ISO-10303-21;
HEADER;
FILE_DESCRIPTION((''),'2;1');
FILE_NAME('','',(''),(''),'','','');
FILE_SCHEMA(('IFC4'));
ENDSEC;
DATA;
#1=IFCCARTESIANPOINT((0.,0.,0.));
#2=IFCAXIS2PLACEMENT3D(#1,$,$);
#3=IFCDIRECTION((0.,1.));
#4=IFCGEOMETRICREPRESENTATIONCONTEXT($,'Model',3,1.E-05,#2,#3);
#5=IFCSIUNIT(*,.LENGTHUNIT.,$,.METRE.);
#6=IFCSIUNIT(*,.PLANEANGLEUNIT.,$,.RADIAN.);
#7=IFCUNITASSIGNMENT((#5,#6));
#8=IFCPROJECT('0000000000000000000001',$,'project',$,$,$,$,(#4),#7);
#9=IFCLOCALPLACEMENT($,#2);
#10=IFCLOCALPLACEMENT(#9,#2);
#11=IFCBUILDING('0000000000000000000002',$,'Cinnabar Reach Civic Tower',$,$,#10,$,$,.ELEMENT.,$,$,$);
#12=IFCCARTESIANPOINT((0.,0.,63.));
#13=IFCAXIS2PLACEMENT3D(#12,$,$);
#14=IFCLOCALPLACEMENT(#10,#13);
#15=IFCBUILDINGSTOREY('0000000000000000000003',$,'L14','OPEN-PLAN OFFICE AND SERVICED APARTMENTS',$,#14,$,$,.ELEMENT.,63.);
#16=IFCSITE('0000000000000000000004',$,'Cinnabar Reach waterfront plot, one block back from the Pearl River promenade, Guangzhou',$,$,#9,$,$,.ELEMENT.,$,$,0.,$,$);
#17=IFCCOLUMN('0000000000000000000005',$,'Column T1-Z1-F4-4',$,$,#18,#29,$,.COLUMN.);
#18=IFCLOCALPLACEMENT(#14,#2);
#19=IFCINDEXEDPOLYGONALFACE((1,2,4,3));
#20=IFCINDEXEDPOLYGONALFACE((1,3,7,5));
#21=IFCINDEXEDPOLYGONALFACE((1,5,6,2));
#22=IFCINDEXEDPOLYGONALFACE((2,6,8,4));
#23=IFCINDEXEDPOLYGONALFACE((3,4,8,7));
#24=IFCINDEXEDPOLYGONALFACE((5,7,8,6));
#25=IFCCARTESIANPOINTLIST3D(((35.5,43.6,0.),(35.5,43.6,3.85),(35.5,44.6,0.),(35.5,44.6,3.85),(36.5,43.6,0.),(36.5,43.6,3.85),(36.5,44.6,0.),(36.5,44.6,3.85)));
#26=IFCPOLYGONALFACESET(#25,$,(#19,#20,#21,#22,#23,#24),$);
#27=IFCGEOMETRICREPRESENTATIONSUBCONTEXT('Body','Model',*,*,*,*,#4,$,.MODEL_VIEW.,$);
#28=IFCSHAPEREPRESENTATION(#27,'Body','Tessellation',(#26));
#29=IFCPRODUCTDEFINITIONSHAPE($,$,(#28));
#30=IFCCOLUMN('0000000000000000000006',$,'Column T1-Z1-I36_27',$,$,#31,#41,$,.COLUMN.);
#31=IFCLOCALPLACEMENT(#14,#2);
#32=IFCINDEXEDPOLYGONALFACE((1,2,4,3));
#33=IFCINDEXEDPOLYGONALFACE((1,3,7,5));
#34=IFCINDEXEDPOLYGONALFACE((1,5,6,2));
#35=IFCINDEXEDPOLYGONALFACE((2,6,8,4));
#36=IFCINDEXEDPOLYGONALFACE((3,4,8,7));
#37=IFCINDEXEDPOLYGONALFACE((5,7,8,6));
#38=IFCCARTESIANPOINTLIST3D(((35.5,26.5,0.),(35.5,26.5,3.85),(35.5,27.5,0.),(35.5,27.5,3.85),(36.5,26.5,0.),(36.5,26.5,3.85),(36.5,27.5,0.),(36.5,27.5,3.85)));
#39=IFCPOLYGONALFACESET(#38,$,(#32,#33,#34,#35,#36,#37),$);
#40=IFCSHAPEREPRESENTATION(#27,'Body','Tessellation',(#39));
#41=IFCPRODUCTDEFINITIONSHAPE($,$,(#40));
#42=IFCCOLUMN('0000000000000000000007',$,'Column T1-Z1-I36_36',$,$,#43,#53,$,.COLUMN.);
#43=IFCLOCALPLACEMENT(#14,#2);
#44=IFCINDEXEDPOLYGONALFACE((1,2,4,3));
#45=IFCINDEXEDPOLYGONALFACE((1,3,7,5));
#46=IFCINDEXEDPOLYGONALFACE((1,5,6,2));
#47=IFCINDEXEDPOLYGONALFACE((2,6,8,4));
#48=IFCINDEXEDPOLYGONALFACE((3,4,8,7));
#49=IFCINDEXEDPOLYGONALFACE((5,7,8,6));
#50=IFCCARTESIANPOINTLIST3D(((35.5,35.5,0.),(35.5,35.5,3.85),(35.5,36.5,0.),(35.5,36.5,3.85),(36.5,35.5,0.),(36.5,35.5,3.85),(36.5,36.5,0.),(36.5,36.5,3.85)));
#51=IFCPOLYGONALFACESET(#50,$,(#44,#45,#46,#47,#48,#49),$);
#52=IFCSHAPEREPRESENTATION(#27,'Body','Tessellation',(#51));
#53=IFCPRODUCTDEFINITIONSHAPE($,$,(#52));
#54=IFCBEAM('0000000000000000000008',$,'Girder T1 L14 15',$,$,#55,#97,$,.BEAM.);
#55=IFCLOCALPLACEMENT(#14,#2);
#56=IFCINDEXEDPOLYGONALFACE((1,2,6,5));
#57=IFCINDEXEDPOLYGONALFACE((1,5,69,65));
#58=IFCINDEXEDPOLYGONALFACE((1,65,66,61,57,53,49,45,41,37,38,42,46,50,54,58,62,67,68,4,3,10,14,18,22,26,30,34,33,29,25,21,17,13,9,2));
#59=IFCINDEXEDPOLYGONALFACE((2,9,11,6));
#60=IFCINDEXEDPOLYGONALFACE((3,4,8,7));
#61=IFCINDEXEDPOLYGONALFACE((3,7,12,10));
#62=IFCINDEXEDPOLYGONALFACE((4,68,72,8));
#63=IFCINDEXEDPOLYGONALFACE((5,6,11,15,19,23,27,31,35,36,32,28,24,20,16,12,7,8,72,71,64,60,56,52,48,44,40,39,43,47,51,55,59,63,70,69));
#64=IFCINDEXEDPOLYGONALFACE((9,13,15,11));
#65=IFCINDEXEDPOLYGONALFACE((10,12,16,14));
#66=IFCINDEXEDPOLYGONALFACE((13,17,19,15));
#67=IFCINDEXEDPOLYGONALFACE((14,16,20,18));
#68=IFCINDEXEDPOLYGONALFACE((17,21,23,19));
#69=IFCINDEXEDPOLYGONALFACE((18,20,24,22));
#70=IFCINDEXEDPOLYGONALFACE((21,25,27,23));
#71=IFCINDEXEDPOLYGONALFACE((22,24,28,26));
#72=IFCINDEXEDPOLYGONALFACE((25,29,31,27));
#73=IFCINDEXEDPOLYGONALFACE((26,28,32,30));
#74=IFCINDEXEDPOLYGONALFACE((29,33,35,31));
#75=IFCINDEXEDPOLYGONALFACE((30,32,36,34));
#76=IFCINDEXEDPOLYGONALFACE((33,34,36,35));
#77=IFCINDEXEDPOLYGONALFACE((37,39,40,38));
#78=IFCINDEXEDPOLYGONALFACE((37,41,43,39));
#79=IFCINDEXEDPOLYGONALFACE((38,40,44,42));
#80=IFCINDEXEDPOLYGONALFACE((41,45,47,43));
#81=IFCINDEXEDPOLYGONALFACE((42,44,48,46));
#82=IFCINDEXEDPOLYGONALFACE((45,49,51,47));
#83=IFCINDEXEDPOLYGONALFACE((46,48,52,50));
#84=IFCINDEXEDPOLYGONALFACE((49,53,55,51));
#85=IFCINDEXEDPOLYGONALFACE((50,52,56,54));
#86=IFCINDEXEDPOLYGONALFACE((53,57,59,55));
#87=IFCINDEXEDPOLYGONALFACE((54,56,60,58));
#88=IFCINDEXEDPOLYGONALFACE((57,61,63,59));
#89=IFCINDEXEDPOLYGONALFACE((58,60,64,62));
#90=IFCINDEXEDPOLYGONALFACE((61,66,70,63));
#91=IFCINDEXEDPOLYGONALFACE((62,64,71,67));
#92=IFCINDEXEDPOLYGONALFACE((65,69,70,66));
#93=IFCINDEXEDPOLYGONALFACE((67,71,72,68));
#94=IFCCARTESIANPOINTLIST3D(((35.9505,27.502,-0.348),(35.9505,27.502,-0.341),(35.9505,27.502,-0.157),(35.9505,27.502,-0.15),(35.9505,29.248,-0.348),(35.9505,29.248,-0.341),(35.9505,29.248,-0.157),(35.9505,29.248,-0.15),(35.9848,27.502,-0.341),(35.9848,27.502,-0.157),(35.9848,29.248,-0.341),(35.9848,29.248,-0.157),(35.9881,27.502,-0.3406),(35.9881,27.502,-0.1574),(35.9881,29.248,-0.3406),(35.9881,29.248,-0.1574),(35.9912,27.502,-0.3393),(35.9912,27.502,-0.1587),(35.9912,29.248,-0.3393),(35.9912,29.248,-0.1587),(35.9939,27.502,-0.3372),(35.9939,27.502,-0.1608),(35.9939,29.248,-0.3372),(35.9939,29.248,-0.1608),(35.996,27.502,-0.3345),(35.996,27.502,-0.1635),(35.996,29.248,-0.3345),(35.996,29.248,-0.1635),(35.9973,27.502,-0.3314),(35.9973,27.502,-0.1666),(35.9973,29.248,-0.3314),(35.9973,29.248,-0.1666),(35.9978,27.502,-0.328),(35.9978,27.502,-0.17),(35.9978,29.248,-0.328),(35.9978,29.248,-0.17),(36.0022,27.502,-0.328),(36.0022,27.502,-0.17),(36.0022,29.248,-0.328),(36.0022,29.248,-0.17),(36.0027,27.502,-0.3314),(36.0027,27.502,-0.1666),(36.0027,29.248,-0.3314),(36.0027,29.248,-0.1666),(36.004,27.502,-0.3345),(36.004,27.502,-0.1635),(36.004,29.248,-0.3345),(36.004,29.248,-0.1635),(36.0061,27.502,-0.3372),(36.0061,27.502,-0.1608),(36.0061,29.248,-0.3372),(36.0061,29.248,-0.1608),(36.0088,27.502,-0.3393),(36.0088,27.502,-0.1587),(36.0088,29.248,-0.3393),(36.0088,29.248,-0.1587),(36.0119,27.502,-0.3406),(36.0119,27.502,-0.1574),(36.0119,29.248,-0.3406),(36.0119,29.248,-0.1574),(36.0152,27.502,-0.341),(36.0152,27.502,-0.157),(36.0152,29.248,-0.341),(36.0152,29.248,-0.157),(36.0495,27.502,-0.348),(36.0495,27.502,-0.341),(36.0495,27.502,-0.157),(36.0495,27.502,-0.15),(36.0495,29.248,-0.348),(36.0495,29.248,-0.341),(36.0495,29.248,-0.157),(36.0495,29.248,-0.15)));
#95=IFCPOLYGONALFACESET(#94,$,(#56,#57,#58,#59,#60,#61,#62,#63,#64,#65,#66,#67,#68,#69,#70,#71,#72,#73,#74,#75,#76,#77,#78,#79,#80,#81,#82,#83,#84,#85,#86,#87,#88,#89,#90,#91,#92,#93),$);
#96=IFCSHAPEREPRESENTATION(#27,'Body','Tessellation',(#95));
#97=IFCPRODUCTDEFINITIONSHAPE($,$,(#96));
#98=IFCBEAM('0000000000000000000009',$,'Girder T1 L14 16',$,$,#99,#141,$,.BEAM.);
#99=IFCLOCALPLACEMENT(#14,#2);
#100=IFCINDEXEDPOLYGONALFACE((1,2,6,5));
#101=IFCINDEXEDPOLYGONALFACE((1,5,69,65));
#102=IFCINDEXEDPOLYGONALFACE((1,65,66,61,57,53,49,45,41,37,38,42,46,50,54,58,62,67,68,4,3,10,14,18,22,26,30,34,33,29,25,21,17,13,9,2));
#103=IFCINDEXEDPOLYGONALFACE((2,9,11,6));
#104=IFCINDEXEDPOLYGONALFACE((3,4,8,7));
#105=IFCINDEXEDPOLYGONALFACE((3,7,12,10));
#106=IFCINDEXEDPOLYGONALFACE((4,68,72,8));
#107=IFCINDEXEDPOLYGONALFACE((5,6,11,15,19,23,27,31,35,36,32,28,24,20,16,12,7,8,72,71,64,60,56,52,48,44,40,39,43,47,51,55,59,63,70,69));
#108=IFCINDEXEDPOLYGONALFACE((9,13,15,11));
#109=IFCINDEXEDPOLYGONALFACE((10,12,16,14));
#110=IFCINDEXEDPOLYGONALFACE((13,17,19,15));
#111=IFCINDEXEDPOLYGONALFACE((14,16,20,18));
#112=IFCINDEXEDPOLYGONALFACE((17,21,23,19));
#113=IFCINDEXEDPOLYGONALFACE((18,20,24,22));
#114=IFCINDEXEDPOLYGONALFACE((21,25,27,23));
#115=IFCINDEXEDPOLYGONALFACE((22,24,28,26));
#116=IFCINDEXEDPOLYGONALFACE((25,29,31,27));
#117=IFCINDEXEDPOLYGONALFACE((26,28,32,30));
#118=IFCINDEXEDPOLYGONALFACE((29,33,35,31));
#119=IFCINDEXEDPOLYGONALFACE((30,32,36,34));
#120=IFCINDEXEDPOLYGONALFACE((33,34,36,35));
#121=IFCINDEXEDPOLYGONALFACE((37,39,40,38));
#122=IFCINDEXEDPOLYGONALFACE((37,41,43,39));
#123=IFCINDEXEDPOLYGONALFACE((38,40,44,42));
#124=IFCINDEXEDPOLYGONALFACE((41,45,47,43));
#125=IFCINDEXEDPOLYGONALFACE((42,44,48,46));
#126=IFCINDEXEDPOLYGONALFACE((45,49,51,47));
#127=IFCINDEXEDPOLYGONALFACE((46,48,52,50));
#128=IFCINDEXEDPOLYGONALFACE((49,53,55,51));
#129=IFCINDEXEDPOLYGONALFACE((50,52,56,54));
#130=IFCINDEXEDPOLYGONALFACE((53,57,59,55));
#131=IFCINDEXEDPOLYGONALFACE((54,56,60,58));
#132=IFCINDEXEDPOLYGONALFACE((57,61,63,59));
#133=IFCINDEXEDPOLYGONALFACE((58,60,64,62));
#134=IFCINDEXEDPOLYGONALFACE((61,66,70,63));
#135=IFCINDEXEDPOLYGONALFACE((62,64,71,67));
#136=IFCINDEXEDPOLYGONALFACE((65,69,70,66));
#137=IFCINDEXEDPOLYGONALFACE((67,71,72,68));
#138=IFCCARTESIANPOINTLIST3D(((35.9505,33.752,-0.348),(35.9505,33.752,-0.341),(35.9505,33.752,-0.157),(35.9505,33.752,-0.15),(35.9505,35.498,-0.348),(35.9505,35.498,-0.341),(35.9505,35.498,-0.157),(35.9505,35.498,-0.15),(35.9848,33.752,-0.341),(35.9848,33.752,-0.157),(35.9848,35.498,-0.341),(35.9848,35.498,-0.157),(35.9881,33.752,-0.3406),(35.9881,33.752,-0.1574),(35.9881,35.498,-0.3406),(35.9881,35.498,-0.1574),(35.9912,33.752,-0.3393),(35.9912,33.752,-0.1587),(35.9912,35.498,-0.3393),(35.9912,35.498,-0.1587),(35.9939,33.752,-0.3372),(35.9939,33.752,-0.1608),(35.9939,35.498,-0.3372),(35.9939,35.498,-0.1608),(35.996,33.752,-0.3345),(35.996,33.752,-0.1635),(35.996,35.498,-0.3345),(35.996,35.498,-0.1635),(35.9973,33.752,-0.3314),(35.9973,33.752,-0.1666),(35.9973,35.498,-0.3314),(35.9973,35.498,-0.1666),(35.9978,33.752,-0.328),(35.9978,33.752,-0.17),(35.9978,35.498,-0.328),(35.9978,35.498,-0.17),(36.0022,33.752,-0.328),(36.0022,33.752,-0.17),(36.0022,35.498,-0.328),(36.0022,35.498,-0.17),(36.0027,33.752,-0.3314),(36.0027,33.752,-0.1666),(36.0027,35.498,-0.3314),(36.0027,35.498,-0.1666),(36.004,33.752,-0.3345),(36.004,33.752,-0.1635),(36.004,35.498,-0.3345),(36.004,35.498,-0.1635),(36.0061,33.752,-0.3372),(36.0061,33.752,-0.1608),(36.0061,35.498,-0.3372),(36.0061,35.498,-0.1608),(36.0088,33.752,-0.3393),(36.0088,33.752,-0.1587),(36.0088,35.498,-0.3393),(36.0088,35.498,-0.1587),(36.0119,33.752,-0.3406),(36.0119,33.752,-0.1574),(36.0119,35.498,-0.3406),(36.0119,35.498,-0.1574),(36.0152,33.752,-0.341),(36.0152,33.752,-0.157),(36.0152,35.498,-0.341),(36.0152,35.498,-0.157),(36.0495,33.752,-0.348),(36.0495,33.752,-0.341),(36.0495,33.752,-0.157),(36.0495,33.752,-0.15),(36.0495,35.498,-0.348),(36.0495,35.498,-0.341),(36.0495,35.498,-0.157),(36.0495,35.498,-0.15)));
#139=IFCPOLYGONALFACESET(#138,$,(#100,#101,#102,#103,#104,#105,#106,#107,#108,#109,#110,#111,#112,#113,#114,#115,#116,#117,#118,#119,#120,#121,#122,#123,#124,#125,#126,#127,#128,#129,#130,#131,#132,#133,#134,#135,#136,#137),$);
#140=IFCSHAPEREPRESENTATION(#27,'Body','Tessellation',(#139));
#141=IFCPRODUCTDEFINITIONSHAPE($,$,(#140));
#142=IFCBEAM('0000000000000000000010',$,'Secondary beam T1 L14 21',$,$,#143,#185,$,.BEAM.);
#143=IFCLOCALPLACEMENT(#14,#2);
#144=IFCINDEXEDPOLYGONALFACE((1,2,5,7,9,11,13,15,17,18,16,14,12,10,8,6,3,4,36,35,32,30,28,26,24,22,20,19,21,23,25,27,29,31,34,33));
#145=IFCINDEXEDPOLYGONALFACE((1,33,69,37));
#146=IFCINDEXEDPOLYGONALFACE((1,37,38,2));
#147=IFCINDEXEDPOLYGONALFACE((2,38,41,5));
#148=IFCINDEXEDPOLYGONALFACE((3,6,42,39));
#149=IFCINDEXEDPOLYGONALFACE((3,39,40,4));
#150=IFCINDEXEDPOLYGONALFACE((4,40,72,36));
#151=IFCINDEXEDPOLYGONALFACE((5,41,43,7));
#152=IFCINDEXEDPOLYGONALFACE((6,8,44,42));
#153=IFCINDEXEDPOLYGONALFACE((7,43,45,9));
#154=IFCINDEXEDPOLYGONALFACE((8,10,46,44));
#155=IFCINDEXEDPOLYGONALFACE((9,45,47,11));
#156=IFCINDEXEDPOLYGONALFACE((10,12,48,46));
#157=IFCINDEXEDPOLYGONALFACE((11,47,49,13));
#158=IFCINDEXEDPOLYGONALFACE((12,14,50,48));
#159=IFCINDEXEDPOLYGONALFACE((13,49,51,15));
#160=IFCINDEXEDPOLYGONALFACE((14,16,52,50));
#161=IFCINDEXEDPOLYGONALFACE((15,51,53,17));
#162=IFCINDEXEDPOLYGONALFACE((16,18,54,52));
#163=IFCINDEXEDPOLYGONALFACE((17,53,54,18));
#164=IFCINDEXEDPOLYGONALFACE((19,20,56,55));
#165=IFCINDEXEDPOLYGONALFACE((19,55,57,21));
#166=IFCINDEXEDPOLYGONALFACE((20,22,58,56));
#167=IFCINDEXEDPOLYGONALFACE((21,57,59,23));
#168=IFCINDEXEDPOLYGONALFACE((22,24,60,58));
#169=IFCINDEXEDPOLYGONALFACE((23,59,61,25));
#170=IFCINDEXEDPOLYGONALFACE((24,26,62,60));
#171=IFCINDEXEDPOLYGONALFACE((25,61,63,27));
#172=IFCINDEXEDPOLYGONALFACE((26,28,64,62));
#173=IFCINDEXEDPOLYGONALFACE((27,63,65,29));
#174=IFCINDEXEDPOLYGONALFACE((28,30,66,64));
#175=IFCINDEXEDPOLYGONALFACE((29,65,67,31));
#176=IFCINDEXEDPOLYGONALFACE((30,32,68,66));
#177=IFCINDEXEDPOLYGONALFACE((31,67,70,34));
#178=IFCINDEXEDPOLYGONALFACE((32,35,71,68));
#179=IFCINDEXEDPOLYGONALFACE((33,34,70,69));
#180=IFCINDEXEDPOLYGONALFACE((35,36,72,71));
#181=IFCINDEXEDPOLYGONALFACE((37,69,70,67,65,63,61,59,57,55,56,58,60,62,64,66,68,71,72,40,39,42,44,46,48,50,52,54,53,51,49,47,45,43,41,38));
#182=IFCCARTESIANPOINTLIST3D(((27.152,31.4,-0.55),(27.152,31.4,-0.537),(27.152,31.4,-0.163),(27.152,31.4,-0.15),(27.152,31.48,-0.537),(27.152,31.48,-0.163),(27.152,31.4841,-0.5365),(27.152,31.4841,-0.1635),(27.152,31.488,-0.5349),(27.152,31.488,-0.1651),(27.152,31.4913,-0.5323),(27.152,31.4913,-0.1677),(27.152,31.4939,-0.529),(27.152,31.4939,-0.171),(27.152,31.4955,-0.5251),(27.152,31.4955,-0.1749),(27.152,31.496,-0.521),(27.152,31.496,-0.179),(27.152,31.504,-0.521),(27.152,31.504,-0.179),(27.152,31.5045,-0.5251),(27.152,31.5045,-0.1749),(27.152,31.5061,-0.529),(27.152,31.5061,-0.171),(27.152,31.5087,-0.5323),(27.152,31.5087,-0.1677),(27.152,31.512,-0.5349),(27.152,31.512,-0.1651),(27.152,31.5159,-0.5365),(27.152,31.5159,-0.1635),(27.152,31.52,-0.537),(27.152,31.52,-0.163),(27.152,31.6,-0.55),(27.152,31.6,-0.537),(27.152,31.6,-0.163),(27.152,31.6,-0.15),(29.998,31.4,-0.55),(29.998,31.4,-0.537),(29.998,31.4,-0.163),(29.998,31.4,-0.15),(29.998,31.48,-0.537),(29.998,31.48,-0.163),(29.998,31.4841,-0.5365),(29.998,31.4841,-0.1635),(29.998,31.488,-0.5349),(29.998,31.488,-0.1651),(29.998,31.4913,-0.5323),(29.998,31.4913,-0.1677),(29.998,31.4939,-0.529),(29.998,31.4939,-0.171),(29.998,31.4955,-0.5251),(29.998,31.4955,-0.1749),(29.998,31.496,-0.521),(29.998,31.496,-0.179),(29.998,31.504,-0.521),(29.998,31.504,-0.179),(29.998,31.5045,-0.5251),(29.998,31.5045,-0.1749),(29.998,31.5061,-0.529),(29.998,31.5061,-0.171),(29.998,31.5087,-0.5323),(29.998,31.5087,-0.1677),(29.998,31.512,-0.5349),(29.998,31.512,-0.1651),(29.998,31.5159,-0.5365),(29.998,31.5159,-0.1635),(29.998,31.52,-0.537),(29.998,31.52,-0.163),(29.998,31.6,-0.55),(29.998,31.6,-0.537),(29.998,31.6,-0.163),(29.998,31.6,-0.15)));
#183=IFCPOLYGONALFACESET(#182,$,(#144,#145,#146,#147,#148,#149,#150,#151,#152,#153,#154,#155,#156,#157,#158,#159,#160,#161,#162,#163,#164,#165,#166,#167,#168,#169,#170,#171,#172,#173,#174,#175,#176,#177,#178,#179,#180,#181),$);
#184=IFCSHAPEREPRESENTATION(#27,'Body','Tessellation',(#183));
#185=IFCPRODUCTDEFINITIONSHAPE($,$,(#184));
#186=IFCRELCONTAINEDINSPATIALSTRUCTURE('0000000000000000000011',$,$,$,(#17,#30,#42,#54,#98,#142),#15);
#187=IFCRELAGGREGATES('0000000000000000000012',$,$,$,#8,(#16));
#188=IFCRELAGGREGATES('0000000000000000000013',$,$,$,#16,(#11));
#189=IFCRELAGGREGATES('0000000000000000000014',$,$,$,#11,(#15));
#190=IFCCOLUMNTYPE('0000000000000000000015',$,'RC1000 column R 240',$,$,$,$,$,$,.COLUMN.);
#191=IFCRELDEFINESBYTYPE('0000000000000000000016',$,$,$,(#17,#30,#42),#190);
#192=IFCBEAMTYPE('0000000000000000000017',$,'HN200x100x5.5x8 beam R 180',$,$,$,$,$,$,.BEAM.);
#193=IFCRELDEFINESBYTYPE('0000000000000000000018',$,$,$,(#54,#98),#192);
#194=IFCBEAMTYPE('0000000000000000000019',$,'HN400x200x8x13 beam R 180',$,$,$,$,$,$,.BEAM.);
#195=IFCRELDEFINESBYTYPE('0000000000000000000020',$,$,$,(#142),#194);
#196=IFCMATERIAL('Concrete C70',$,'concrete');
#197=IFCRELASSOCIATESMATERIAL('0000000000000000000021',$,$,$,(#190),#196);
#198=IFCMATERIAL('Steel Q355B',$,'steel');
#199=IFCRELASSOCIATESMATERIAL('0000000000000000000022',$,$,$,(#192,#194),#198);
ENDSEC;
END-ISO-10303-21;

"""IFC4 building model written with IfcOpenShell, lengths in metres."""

from ifc_helpers import new_model, si_unit, direction, frame, origin, origin_2d, place, context, subcontext, project, spatial, rectangle, i_section, extrude, material, material_profile, profile_set, type_object, element, save


model = new_model("IFC4")

# Units and contexts
model_context = context("Model", 3, precision=1e-05, world=origin(), true_north=direction((0.0, 1.0)))
body_context = subcontext(model_context, "Body", "Model", "MODEL_VIEW")
ifc_project = project(units=[si_unit("LENGTHUNIT", "METRE"), si_unit("PLANEANGLEUNIT", "RADIAN")], contexts=[model_context])

# Site, building, storey
site_placement = place(None, origin())
site = spatial("IfcSite", under=ifc_project, at=site_placement, Name="Cinnabar Reach waterfront plot, one block back from the Pearl River promenade, Guangzhou", CompositionType="ELEMENT", RefElevation=0.0)
building_placement = place(site_placement, origin())
building = spatial("IfcBuilding", under=site, at=building_placement, Name="Cinnabar Reach Civic Tower", CompositionType="ELEMENT")
storey_placement = place(building_placement, frame((0.0, 0.0, 63.0)))
storey = spatial("IfcBuildingStorey", under=building, at=storey_placement, Name="L14", Description="OPEN-PLAN OFFICE AND SERVICED APARTMENTS", CompositionType="ELEMENT", Elevation=63.0)

# Columns
ifc_material_1 = material(Name="Concrete C70", Category="concrete")
ifc_material_profile_1 = material_profile(ifc_material_1, rectangle(XDim=1.0, YDim=1.0, at=origin_2d()), Name="RC1000")
ifc_profile_set_1 = profile_set([ifc_material_profile_1], Name="Concrete C70")
column_type = type_object("IfcColumnType", Name="RC1000 column R 240", PredefinedType="COLUMN", material=ifc_profile_set_1)
for number, where, z_axis, x_axis, name in (
    (1, (36.0, 44.1, 0.0), (0.0, 0.0, 1.0), (1.0, 0.0, 0.0), "Column T1-Z1-F4-4"),
    (2, (36.0, 27.0, 0.0), (0.0, 0.0, 1.0), (1.0, 0.0, 0.0), "Column T1-Z1-I36_27"),
    (3, (36.0, 36.0, 0.0), (0.0, 0.0, 1.0), (1.0, 0.0, 0.0), "Column T1-Z1-I36_36"),
):
    element("IfcColumn", number, at=place(storey_placement, frame(where, z_axis=z_axis, x_axis=x_axis)), inside=storey, type_object=column_type, Name=name, PredefinedType="COLUMN", context=body_context, shape_type="SweptSolid", body=[
        extrude(rectangle(XDim=1.0, YDim=1.0, at=origin_2d()), origin(), (0.0, 0.0, 1.0), 3.85),
    ])

# Beams
ifc_material_2 = material(Name="Steel Q355B", Category="steel")
ifc_material_profile_2 = material_profile(ifc_material_2, i_section(OverallWidth=0.099, OverallDepth=0.198, WebThickness=0.0045, FlangeThickness=0.007, FilletRadius=0.013, at=origin_2d()), Name="HN200x100x5.5x8")
ifc_profile_set_2 = profile_set([ifc_material_profile_2], Name="Steel Q355B")
beam_type_1 = type_object("IfcBeamType", Name="HN200x100x5.5x8 beam R 180", PredefinedType="BEAM", material=ifc_profile_set_2)
for number, where, z_axis, x_axis, name in (
    (4, (36.0, 27.502, -0.249), (0.0, 1.0, 0.0), (-1.0, 0.0, 0.0), "Girder T1 L14 15"),
    (5, (36.0, 33.752, -0.249), (0.0, 1.0, 0.0), (-1.0, 0.0, 0.0), "Girder T1 L14 16"),
):
    element("IfcBeam", number, at=place(storey_placement, frame(where, z_axis=z_axis, x_axis=x_axis)), inside=storey, type_object=beam_type_1, Name=name, PredefinedType="BEAM", context=body_context, shape_type="SweptSolid", body=[
        extrude(i_section(OverallWidth=0.099, OverallDepth=0.198, WebThickness=0.0045, FlangeThickness=0.007, FilletRadius=0.013, at=origin_2d()), origin(), (0.0, 0.0, 1.0), 1.746),
    ])
ifc_material_profile_3 = material_profile(ifc_material_2, i_section(OverallWidth=0.2, OverallDepth=0.4, WebThickness=0.008, FlangeThickness=0.013, FilletRadius=0.016, at=origin_2d()), Name="HN400x200x8x13")
ifc_profile_set_3 = profile_set([ifc_material_profile_3], Name="Steel Q355B")
beam_type_2 = type_object("IfcBeamType", Name="HN400x200x8x13 beam R 180", PredefinedType="BEAM", material=ifc_profile_set_3)
beam_1_placement = place(storey_placement, frame((27.152, 31.5, -0.35), z_axis=(1.0, 0.0, 0.0), x_axis=(0.0, 1.0, 0.0)))
element("IfcBeam", 6, at=beam_1_placement, inside=storey, type_object=beam_type_2, Name="Secondary beam T1 L14 21", PredefinedType="BEAM", context=body_context, shape_type="SweptSolid", body=[
    extrude(i_section(OverallWidth=0.2, OverallDepth=0.4, WebThickness=0.008, FlangeThickness=0.013, FilletRadius=0.016, at=origin_2d()), origin(), (0.0, 0.0, 1.0), 2.846),
])

save(model, "model.ifc")
